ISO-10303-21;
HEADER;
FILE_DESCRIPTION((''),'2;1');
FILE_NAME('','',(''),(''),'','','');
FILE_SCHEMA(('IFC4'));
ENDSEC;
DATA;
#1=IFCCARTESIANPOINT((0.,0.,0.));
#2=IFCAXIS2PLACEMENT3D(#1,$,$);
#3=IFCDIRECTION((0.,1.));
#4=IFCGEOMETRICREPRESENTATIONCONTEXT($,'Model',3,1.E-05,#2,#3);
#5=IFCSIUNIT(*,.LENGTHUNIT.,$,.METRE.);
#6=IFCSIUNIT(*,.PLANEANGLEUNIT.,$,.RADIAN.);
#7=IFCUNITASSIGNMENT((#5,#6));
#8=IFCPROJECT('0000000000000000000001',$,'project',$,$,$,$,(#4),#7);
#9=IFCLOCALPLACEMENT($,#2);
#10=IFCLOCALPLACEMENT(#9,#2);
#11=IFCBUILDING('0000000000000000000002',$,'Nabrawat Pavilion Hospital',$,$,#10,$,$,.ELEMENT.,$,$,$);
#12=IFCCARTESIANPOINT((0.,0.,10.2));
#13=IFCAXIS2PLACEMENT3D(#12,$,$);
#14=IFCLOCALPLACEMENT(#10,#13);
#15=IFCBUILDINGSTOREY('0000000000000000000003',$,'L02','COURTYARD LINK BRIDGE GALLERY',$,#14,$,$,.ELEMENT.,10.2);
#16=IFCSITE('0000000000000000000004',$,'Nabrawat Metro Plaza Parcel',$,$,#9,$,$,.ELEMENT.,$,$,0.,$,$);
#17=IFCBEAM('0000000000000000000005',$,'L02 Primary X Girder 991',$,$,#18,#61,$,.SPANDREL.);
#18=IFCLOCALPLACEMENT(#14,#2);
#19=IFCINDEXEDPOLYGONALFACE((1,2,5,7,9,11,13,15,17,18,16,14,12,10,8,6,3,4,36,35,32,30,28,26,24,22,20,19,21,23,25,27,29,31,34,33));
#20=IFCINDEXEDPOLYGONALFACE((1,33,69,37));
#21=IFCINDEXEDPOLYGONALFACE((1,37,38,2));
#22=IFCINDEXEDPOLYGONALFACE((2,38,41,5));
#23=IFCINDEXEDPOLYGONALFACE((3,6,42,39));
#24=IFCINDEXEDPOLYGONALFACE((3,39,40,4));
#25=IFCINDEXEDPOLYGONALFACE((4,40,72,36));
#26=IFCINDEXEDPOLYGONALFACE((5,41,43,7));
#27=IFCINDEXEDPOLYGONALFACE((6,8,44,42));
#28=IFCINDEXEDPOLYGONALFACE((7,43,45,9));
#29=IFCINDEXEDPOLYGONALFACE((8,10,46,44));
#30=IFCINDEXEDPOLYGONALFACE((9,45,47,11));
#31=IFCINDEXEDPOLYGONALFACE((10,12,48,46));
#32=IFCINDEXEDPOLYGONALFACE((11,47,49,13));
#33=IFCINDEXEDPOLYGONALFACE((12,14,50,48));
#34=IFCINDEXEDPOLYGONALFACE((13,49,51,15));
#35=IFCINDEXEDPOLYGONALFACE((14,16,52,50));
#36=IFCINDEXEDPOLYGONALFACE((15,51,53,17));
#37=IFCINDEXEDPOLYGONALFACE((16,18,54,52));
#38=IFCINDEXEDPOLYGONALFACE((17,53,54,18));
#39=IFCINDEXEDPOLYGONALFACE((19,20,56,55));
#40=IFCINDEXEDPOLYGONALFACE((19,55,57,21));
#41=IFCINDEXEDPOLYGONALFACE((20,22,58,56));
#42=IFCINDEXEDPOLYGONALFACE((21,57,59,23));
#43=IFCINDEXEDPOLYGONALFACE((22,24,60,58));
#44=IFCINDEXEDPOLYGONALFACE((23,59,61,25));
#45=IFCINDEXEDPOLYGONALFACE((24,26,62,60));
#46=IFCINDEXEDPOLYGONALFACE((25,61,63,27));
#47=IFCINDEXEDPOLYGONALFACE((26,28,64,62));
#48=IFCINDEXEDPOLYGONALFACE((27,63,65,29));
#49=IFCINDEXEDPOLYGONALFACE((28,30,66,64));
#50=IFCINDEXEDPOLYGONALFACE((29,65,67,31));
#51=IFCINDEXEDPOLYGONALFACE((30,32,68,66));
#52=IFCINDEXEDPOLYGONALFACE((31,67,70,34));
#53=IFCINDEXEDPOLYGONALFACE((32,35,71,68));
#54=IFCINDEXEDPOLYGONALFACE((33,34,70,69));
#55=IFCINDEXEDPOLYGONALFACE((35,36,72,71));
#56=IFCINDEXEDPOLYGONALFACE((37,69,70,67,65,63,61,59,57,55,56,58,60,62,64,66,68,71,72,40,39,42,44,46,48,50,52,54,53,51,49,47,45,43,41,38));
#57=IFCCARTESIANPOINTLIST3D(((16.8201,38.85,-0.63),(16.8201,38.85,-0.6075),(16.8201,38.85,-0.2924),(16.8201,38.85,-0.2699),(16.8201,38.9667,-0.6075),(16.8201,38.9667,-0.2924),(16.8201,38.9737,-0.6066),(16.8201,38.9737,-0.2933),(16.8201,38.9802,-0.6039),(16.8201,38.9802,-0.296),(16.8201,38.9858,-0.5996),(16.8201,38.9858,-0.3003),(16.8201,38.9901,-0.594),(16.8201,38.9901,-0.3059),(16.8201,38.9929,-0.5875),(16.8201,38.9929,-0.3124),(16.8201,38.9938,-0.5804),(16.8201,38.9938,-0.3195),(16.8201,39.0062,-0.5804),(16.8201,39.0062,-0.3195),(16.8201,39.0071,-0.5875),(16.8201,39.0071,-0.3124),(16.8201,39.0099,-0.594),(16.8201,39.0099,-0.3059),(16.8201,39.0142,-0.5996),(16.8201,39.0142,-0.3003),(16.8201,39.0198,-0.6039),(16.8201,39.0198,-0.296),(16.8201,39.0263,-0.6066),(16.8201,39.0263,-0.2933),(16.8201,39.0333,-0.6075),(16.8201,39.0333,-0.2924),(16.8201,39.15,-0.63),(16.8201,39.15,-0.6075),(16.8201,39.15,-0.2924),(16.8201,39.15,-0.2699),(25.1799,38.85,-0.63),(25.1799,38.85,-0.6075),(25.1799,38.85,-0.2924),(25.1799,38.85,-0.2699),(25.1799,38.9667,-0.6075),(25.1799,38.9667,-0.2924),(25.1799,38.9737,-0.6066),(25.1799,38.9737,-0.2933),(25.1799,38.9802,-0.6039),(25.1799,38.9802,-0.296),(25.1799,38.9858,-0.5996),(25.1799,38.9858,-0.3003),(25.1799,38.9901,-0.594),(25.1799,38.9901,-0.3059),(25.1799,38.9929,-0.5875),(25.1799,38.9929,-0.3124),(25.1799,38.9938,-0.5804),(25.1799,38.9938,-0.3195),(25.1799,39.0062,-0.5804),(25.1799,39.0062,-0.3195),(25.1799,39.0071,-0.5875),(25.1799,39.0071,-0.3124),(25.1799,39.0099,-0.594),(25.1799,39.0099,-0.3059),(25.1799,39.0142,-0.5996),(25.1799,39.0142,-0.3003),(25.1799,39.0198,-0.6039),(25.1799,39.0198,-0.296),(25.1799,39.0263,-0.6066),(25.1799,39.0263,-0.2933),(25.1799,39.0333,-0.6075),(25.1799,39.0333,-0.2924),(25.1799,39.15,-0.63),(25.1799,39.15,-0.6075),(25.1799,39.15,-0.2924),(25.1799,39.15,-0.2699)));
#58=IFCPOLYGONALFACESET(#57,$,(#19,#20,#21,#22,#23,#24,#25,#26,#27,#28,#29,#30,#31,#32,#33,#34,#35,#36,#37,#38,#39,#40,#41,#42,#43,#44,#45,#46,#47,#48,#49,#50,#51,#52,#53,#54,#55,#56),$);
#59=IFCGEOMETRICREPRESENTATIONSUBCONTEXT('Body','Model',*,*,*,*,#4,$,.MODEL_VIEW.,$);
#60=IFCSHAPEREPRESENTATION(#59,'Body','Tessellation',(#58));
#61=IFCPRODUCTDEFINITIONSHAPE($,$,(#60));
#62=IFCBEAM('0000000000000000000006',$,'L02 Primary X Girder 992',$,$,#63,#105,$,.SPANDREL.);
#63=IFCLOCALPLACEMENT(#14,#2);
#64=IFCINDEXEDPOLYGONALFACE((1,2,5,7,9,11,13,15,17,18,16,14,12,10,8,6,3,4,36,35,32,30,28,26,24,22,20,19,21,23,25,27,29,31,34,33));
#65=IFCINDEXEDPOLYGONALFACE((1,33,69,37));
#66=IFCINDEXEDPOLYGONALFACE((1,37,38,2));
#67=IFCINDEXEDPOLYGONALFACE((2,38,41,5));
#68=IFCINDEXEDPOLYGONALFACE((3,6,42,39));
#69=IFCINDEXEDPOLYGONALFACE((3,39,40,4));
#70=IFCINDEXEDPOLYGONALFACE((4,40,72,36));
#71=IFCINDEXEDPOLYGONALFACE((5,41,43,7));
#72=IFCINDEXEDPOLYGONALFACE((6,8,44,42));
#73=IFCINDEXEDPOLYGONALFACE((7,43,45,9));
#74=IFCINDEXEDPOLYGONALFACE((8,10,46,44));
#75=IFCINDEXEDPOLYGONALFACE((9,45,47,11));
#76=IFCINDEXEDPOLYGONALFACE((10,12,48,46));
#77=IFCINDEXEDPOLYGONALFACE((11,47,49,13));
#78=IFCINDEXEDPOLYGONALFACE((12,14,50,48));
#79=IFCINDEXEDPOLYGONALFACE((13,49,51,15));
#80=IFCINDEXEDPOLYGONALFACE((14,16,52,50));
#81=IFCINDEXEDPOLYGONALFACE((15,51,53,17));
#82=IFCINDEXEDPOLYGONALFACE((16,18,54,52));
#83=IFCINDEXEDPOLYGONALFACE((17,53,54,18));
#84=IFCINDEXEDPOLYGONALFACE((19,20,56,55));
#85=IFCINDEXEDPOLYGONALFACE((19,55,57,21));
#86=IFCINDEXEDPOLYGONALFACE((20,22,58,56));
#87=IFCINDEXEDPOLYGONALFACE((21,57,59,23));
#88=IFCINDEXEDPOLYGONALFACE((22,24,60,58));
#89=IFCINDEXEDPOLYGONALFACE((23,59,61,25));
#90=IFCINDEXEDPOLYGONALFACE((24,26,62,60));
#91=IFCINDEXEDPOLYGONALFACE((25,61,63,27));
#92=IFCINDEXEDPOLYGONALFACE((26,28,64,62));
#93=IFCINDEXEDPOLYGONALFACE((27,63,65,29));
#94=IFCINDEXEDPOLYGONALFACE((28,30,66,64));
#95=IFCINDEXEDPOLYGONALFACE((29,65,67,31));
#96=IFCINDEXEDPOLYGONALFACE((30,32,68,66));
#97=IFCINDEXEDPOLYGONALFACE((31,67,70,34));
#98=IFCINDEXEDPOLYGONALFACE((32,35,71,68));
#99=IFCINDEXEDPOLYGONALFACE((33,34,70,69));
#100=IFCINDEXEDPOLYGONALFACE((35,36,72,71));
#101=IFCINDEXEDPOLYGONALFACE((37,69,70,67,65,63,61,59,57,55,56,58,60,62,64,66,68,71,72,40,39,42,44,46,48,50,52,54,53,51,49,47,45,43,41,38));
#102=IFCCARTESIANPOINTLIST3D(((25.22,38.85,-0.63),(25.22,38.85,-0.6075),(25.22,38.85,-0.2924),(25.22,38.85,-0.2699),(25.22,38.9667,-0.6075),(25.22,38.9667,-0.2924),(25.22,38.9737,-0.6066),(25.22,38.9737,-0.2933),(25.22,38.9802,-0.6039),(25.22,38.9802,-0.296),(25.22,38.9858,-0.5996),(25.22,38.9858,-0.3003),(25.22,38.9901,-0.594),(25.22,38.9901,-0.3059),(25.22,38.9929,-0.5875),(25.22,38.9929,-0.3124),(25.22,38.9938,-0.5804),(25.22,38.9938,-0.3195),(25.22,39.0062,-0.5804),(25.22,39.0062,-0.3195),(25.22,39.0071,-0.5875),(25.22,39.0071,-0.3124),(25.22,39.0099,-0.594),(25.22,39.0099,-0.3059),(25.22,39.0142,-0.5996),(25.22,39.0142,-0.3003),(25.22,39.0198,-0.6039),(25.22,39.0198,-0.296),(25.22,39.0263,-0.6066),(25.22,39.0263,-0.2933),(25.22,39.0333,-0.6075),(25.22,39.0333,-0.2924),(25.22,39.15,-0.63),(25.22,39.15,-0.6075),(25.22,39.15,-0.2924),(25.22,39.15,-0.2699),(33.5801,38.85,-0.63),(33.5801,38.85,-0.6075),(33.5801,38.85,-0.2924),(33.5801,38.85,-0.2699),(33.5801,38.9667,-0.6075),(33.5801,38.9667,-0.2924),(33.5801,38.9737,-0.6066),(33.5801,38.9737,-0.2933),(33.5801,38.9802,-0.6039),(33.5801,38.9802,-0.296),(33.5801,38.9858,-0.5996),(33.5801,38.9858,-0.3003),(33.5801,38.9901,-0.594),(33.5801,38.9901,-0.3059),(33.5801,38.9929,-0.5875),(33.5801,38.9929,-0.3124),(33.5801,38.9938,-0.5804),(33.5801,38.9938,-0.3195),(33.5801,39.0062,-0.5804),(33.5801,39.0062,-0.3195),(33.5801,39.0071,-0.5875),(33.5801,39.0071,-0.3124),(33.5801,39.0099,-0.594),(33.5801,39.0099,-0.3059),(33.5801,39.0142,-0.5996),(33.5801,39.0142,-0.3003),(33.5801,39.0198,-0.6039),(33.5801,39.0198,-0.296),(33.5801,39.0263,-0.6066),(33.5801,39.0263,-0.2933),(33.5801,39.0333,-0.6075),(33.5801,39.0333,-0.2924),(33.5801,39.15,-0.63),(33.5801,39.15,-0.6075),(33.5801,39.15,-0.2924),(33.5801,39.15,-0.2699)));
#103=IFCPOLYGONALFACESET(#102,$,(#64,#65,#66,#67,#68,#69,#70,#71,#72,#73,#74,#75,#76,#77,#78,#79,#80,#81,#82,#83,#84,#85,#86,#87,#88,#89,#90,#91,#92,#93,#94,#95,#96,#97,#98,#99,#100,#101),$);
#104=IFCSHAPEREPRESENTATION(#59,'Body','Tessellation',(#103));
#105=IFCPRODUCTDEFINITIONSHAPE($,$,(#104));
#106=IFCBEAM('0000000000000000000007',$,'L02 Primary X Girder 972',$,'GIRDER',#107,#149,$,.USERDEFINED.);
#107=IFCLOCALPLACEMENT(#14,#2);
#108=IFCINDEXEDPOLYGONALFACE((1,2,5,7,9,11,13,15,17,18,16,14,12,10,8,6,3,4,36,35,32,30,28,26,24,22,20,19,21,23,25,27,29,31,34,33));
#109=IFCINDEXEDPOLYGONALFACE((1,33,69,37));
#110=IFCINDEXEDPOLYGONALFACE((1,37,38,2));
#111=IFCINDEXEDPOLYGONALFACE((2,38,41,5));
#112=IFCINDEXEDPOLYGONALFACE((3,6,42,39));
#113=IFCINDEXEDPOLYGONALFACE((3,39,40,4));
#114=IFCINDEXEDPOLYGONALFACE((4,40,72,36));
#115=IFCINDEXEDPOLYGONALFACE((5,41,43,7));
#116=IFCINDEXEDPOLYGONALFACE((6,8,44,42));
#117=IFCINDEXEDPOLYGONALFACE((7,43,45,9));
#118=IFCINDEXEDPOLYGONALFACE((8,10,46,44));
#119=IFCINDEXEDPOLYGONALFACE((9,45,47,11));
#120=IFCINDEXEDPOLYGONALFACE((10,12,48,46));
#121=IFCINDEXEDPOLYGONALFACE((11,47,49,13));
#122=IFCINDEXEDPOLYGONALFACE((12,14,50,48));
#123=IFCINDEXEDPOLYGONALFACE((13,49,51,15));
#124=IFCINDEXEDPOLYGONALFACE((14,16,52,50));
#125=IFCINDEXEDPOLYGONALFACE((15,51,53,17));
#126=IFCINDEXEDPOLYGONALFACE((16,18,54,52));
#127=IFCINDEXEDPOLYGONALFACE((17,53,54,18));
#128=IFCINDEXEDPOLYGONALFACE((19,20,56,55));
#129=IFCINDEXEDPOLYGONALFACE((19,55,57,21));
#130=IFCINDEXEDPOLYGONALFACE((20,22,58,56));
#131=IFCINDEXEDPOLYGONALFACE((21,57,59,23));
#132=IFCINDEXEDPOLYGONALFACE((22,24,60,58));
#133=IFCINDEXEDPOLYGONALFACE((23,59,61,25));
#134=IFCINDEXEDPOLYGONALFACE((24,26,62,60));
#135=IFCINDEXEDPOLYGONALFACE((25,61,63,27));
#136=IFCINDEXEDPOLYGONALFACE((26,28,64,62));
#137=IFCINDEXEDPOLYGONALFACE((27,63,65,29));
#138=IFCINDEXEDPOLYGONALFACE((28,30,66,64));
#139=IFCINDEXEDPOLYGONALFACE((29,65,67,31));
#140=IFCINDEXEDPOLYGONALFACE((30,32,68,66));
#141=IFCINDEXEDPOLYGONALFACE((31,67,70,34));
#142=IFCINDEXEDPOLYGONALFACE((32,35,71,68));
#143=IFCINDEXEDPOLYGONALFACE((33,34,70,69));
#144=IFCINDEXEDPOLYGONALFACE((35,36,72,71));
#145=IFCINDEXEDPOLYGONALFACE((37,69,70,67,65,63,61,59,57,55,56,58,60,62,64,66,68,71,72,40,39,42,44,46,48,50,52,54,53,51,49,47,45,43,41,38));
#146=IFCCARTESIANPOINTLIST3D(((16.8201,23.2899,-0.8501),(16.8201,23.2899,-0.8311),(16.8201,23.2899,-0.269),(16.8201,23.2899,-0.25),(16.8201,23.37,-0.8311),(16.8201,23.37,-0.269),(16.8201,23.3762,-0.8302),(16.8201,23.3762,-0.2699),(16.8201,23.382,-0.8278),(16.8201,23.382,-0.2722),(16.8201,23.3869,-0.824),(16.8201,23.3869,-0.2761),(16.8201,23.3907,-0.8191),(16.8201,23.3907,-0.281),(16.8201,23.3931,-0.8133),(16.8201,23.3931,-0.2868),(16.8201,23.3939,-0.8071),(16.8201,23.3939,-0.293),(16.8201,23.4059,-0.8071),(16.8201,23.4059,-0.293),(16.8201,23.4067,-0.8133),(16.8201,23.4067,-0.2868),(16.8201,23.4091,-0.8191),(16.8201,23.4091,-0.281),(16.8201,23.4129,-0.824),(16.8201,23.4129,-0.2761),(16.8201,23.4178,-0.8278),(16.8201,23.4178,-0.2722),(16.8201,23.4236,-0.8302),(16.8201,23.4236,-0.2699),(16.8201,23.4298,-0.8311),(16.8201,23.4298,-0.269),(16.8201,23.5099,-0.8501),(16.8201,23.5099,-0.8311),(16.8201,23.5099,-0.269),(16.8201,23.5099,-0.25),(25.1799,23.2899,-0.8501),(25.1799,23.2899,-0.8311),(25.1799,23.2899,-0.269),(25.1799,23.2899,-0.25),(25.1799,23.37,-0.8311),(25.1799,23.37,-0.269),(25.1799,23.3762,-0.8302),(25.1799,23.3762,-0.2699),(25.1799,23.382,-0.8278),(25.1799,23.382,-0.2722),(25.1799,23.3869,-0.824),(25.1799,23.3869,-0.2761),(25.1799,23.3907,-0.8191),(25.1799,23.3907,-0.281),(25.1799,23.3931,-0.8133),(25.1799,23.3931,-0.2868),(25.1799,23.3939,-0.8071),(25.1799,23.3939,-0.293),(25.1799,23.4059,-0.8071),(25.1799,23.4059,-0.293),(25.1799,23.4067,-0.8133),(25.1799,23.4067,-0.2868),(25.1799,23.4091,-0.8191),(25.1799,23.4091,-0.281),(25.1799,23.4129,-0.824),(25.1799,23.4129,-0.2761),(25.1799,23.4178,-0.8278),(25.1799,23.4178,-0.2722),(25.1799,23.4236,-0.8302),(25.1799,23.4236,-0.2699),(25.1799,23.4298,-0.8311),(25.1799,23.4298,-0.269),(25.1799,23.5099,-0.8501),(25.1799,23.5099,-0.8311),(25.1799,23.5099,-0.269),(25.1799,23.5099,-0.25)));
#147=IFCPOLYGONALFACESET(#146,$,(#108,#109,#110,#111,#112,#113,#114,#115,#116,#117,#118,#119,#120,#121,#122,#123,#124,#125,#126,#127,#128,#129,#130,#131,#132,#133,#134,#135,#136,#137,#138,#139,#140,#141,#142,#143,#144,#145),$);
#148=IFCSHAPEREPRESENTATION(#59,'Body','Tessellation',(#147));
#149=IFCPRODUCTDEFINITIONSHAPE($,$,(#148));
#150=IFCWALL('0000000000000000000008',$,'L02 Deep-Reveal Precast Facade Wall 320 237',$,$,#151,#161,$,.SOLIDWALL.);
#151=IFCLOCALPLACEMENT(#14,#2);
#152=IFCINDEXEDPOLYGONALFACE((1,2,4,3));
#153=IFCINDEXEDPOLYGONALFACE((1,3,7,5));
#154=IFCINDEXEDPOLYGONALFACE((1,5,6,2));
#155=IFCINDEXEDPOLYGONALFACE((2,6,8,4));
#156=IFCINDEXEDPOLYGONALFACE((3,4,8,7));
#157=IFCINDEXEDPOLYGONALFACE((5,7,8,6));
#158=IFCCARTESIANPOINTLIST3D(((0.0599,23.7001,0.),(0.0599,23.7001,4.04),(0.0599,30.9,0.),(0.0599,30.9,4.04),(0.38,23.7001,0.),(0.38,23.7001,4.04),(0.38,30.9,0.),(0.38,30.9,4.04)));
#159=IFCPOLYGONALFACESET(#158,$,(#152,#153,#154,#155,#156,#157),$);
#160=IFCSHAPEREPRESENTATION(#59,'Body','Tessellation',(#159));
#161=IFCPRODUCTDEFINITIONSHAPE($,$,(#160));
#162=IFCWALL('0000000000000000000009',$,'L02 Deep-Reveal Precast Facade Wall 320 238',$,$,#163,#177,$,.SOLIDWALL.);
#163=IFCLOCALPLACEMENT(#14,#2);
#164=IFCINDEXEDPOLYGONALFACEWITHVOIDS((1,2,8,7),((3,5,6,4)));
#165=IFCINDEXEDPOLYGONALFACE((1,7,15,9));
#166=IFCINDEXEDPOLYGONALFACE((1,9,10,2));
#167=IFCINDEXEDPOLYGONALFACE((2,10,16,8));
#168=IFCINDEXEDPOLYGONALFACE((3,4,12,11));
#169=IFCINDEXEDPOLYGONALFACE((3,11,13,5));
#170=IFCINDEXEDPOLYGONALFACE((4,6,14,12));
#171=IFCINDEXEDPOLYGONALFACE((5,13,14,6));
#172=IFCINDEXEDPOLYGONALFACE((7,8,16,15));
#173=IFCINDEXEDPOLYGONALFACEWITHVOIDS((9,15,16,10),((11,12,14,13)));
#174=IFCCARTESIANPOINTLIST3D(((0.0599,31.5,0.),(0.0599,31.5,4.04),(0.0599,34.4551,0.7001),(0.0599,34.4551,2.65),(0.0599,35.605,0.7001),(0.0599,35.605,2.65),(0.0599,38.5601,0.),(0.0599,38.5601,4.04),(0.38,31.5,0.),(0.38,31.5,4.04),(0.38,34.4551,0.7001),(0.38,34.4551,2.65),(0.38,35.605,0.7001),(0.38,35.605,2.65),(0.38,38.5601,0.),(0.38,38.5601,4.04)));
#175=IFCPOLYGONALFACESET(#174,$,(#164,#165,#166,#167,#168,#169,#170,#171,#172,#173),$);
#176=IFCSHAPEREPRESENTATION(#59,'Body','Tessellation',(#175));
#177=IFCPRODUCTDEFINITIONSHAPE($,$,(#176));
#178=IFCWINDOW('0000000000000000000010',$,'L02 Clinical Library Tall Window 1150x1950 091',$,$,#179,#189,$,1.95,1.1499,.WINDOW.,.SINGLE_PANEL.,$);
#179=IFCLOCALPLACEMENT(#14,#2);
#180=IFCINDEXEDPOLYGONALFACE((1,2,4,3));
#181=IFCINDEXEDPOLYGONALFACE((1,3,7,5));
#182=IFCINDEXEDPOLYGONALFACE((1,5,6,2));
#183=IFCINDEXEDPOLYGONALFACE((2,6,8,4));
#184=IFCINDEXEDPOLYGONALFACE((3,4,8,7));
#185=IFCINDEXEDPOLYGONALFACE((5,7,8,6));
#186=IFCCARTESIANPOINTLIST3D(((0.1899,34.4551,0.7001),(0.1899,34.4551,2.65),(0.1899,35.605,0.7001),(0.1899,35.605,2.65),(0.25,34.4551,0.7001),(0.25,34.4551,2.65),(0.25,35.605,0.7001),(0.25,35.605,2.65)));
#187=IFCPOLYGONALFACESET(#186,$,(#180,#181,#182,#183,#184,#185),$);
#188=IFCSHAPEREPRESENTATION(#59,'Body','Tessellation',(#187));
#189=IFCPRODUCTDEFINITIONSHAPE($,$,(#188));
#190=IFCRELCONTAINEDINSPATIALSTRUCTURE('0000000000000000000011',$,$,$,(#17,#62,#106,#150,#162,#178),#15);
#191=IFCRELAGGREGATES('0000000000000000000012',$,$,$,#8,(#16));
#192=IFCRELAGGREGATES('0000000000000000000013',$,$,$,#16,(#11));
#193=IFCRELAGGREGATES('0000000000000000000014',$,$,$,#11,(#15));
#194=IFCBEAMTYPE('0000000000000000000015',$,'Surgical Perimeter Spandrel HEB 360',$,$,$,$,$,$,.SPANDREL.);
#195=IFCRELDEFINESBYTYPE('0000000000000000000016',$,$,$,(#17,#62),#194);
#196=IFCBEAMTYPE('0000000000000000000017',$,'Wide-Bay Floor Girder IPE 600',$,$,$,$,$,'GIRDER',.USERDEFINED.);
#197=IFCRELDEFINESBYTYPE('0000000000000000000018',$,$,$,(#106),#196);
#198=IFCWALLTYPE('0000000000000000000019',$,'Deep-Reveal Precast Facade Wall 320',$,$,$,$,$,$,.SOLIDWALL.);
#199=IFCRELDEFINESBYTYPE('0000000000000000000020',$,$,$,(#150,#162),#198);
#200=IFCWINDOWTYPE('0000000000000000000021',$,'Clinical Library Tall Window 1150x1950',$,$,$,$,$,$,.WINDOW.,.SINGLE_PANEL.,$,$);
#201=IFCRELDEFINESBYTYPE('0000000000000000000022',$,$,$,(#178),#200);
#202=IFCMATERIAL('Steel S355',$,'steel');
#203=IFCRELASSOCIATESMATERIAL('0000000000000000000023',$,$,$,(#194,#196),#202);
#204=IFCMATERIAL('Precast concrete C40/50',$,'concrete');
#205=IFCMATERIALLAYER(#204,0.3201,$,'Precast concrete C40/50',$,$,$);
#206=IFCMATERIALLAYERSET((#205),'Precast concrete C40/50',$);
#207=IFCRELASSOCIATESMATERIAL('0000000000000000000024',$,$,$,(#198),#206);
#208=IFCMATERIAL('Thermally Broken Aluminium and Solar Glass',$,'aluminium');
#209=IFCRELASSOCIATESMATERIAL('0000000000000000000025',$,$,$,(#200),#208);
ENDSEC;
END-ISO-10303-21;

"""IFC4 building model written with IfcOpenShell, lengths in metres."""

from ifc_helpers import new_model, si_unit, direction, frame, frame_2d, origin, origin_2d, place, context, subcontext, project, spatial, rectangle, i_section, extrude, material, layer, layer_set, material_profile, profile_set, type_object, element, fill, save


model = new_model("IFC4")

# Units and contexts
model_context = context("Model", 3, precision=1e-05, world=origin(), true_north=direction((0.0, 1.0)))
body_context = subcontext(model_context, "Body", "Model", "MODEL_VIEW")
ifc_project = project(units=[si_unit("LENGTHUNIT", "METRE"), si_unit("PLANEANGLEUNIT", "RADIAN")], contexts=[model_context])

# Site, building, storey
site_placement = place(None, origin())
site = spatial("IfcSite", under=ifc_project, at=site_placement, Name="Nabrawat Metro Plaza Parcel", CompositionType="ELEMENT", RefElevation=0.0)
building_placement = place(site_placement, origin())
building = spatial("IfcBuilding", under=site, at=building_placement, Name="Nabrawat Pavilion Hospital", CompositionType="ELEMENT")
storey_placement = place(building_placement, frame((0.0, 0.0, 10.2)))
storey = spatial("IfcBuildingStorey", under=building, at=storey_placement, Name="L02", Description="COURTYARD LINK BRIDGE GALLERY", CompositionType="ELEMENT", Elevation=10.2)

# Shared definitions
ifc_material_1 = material(Name="Steel S355", Category="steel")

# Beams
ifc_material_profile_1 = material_profile(ifc_material_1, i_section(OverallWidth=0.3, OverallDepth=0.3601, WebThickness=0.0125, FlangeThickness=0.0225, FilletRadius=0.0271, at=origin_2d()), Name="HEB 360")
ifc_profile_set_1 = profile_set([ifc_material_profile_1], Name="Steel S355")
beam_type_1 = type_object("IfcBeamType", Name="Surgical Perimeter Spandrel HEB 360", PredefinedType="SPANDREL", material=ifc_profile_set_1)
beam_1_placement = place(storey_placement, frame((16.8201, 39.0, -0.45), z_axis=(1.0, 0.0, 0.0), x_axis=(0.0, 1.0, 0.0)))
element("IfcBeam", 1, at=beam_1_placement, inside=storey, type_object=beam_type_1, Name="L02 Primary X Girder 991", PredefinedType="SPANDREL", context=body_context, shape_type="SweptSolid", body=[
    extrude(i_section(OverallWidth=0.3, OverallDepth=0.3601, WebThickness=0.0125, FlangeThickness=0.0225, FilletRadius=0.0271, at=origin_2d()), origin(), (0.0, 0.0, 1.0), 8.3599),
])
beam_2_placement = place(storey_placement, frame((25.22, 39.0, -0.45), z_axis=(1.0, 0.0, 0.0), x_axis=(0.0, 1.0, 0.0)))
element("IfcBeam", 2, at=beam_2_placement, inside=storey, type_object=beam_type_1, Name="L02 Primary X Girder 992", PredefinedType="SPANDREL", context=body_context, shape_type="SweptSolid", body=[
    extrude(i_section(OverallWidth=0.3, OverallDepth=0.3601, WebThickness=0.0125, FlangeThickness=0.0225, FilletRadius=0.0271, at=origin_2d()), origin(), (0.0, 0.0, 1.0), 8.3601),
])
ifc_material_profile_2 = material_profile(ifc_material_1, i_section(OverallWidth=0.22, OverallDepth=0.6001, WebThickness=0.012, FlangeThickness=0.019, FilletRadius=0.0239, at=origin_2d()), Name="IPE 600")
ifc_profile_set_2 = profile_set([ifc_material_profile_2], Name="Steel S355")
beam_type_2 = type_object("IfcBeamType", Name="Wide-Bay Floor Girder IPE 600", ElementType="GIRDER", PredefinedType="USERDEFINED", material=ifc_profile_set_2)
beam_3_placement = place(storey_placement, frame((16.8201, 23.3999, -0.55), z_axis=(1.0, 0.0, 0.0), x_axis=(0.0, 1.0, 0.0)))
element("IfcBeam", 3, at=beam_3_placement, inside=storey, type_object=beam_type_2, Name="L02 Primary X Girder 972", ObjectType="GIRDER", PredefinedType="USERDEFINED", context=body_context, shape_type="SweptSolid", body=[
    extrude(i_section(OverallWidth=0.22, OverallDepth=0.6001, WebThickness=0.012, FlangeThickness=0.019, FilletRadius=0.0239, at=origin_2d()), origin(), (0.0, 0.0, 1.0), 8.3599),
])

# Wall
ifc_material_2 = material(Name="Precast concrete C40/50", Category="concrete")
ifc_layer_1 = layer(ifc_material_2, 0.3201, Name="Precast concrete C40/50")
ifc_layer_set_1 = layer_set([ifc_layer_1], Name="Precast concrete C40/50")
wall_type_1 = type_object("IfcWallType", Name="Deep-Reveal Precast Facade Wall 320", PredefinedType="SOLIDWALL", material=ifc_layer_set_1)
wall_1_placement = place(storey_placement, frame((0.22, 23.7, 0.0), z_axis=(0.0, 0.0, 1.0), x_axis=(0.0, 1.0, 0.0)))
element("IfcWall", 4, at=wall_1_placement, inside=storey, type_object=wall_type_1, Name="L02 Deep-Reveal Precast Facade Wall 320 237", PredefinedType="SOLIDWALL", context=body_context, shape_type="SweptSolid", body=[
    extrude(rectangle(XDim=7.2, YDim=0.3201, at=frame_2d((3.6001, 0.0))), origin(), (0.0, 0.0, 1.0), 4.04),
])

# Wall, opening, window
wall_2_placement = place(storey_placement, frame((0.22, 31.5, 0.0), z_axis=(0.0, 0.0, 1.0), x_axis=(0.0, 1.0, 0.0)))
wall_2 = element("IfcWall", 5, at=wall_2_placement, inside=storey, type_object=wall_type_1, Name="L02 Deep-Reveal Precast Facade Wall 320 238", PredefinedType="SOLIDWALL", context=body_context, shape_type="SweptSolid", body=[
    extrude(rectangle(XDim=7.0601, YDim=0.3201, at=frame_2d((3.53, 0.0))), origin(), (0.0, 0.0, 1.0), 4.04),
])
opening_1_placement = place(wall_2_placement, frame((2.9551, 0.0, 0.7)))
opening_1 = element("IfcOpeningElement", 6, at=opening_1_placement, cuts=wall_2, PredefinedType="OPENING", context=body_context, shape_type="SweptSolid", body=[
    extrude(rectangle(XDim=1.1499, YDim=1.95, at=frame_2d((0.575, 0.9751))), frame((0.0, 0.1699, 0.0), z_axis=(0.0, -1.0, 0.0), x_axis=(1.0, 0.0, 0.0)), (0.0, 0.0, 1.0), 0.3401),
])
ifc_material_3 = material(Name="Thermally Broken Aluminium and Solar Glass", Category="aluminium")
window_type = type_object("IfcWindowType", Name="Clinical Library Tall Window 1150x1950", PartitioningType="SINGLE_PANEL", PredefinedType="WINDOW", material=ifc_material_3)
window_placement = place(opening_1_placement, origin())
window = element("IfcWindow", 7, at=window_placement, inside=storey, type_object=window_type, Name="L02 Clinical Library Tall Window 1150x1950 091", OverallHeight=1.95, OverallWidth=1.1499, PartitioningType="SINGLE_PANEL", PredefinedType="WINDOW", context=body_context, shape_type="SweptSolid", body=[
    extrude(rectangle(XDim=1.1499, YDim=1.95, at=frame_2d((0.575, 0.9751))), frame((0.0, 0.03, 0.0), z_axis=(0.0, -1.0, 0.0), x_axis=(1.0, 0.0, 0.0)), (0.0, 0.0, 1.0), 0.0601),
])
fill(opening_1, window)

save(model, "model.ifc")
